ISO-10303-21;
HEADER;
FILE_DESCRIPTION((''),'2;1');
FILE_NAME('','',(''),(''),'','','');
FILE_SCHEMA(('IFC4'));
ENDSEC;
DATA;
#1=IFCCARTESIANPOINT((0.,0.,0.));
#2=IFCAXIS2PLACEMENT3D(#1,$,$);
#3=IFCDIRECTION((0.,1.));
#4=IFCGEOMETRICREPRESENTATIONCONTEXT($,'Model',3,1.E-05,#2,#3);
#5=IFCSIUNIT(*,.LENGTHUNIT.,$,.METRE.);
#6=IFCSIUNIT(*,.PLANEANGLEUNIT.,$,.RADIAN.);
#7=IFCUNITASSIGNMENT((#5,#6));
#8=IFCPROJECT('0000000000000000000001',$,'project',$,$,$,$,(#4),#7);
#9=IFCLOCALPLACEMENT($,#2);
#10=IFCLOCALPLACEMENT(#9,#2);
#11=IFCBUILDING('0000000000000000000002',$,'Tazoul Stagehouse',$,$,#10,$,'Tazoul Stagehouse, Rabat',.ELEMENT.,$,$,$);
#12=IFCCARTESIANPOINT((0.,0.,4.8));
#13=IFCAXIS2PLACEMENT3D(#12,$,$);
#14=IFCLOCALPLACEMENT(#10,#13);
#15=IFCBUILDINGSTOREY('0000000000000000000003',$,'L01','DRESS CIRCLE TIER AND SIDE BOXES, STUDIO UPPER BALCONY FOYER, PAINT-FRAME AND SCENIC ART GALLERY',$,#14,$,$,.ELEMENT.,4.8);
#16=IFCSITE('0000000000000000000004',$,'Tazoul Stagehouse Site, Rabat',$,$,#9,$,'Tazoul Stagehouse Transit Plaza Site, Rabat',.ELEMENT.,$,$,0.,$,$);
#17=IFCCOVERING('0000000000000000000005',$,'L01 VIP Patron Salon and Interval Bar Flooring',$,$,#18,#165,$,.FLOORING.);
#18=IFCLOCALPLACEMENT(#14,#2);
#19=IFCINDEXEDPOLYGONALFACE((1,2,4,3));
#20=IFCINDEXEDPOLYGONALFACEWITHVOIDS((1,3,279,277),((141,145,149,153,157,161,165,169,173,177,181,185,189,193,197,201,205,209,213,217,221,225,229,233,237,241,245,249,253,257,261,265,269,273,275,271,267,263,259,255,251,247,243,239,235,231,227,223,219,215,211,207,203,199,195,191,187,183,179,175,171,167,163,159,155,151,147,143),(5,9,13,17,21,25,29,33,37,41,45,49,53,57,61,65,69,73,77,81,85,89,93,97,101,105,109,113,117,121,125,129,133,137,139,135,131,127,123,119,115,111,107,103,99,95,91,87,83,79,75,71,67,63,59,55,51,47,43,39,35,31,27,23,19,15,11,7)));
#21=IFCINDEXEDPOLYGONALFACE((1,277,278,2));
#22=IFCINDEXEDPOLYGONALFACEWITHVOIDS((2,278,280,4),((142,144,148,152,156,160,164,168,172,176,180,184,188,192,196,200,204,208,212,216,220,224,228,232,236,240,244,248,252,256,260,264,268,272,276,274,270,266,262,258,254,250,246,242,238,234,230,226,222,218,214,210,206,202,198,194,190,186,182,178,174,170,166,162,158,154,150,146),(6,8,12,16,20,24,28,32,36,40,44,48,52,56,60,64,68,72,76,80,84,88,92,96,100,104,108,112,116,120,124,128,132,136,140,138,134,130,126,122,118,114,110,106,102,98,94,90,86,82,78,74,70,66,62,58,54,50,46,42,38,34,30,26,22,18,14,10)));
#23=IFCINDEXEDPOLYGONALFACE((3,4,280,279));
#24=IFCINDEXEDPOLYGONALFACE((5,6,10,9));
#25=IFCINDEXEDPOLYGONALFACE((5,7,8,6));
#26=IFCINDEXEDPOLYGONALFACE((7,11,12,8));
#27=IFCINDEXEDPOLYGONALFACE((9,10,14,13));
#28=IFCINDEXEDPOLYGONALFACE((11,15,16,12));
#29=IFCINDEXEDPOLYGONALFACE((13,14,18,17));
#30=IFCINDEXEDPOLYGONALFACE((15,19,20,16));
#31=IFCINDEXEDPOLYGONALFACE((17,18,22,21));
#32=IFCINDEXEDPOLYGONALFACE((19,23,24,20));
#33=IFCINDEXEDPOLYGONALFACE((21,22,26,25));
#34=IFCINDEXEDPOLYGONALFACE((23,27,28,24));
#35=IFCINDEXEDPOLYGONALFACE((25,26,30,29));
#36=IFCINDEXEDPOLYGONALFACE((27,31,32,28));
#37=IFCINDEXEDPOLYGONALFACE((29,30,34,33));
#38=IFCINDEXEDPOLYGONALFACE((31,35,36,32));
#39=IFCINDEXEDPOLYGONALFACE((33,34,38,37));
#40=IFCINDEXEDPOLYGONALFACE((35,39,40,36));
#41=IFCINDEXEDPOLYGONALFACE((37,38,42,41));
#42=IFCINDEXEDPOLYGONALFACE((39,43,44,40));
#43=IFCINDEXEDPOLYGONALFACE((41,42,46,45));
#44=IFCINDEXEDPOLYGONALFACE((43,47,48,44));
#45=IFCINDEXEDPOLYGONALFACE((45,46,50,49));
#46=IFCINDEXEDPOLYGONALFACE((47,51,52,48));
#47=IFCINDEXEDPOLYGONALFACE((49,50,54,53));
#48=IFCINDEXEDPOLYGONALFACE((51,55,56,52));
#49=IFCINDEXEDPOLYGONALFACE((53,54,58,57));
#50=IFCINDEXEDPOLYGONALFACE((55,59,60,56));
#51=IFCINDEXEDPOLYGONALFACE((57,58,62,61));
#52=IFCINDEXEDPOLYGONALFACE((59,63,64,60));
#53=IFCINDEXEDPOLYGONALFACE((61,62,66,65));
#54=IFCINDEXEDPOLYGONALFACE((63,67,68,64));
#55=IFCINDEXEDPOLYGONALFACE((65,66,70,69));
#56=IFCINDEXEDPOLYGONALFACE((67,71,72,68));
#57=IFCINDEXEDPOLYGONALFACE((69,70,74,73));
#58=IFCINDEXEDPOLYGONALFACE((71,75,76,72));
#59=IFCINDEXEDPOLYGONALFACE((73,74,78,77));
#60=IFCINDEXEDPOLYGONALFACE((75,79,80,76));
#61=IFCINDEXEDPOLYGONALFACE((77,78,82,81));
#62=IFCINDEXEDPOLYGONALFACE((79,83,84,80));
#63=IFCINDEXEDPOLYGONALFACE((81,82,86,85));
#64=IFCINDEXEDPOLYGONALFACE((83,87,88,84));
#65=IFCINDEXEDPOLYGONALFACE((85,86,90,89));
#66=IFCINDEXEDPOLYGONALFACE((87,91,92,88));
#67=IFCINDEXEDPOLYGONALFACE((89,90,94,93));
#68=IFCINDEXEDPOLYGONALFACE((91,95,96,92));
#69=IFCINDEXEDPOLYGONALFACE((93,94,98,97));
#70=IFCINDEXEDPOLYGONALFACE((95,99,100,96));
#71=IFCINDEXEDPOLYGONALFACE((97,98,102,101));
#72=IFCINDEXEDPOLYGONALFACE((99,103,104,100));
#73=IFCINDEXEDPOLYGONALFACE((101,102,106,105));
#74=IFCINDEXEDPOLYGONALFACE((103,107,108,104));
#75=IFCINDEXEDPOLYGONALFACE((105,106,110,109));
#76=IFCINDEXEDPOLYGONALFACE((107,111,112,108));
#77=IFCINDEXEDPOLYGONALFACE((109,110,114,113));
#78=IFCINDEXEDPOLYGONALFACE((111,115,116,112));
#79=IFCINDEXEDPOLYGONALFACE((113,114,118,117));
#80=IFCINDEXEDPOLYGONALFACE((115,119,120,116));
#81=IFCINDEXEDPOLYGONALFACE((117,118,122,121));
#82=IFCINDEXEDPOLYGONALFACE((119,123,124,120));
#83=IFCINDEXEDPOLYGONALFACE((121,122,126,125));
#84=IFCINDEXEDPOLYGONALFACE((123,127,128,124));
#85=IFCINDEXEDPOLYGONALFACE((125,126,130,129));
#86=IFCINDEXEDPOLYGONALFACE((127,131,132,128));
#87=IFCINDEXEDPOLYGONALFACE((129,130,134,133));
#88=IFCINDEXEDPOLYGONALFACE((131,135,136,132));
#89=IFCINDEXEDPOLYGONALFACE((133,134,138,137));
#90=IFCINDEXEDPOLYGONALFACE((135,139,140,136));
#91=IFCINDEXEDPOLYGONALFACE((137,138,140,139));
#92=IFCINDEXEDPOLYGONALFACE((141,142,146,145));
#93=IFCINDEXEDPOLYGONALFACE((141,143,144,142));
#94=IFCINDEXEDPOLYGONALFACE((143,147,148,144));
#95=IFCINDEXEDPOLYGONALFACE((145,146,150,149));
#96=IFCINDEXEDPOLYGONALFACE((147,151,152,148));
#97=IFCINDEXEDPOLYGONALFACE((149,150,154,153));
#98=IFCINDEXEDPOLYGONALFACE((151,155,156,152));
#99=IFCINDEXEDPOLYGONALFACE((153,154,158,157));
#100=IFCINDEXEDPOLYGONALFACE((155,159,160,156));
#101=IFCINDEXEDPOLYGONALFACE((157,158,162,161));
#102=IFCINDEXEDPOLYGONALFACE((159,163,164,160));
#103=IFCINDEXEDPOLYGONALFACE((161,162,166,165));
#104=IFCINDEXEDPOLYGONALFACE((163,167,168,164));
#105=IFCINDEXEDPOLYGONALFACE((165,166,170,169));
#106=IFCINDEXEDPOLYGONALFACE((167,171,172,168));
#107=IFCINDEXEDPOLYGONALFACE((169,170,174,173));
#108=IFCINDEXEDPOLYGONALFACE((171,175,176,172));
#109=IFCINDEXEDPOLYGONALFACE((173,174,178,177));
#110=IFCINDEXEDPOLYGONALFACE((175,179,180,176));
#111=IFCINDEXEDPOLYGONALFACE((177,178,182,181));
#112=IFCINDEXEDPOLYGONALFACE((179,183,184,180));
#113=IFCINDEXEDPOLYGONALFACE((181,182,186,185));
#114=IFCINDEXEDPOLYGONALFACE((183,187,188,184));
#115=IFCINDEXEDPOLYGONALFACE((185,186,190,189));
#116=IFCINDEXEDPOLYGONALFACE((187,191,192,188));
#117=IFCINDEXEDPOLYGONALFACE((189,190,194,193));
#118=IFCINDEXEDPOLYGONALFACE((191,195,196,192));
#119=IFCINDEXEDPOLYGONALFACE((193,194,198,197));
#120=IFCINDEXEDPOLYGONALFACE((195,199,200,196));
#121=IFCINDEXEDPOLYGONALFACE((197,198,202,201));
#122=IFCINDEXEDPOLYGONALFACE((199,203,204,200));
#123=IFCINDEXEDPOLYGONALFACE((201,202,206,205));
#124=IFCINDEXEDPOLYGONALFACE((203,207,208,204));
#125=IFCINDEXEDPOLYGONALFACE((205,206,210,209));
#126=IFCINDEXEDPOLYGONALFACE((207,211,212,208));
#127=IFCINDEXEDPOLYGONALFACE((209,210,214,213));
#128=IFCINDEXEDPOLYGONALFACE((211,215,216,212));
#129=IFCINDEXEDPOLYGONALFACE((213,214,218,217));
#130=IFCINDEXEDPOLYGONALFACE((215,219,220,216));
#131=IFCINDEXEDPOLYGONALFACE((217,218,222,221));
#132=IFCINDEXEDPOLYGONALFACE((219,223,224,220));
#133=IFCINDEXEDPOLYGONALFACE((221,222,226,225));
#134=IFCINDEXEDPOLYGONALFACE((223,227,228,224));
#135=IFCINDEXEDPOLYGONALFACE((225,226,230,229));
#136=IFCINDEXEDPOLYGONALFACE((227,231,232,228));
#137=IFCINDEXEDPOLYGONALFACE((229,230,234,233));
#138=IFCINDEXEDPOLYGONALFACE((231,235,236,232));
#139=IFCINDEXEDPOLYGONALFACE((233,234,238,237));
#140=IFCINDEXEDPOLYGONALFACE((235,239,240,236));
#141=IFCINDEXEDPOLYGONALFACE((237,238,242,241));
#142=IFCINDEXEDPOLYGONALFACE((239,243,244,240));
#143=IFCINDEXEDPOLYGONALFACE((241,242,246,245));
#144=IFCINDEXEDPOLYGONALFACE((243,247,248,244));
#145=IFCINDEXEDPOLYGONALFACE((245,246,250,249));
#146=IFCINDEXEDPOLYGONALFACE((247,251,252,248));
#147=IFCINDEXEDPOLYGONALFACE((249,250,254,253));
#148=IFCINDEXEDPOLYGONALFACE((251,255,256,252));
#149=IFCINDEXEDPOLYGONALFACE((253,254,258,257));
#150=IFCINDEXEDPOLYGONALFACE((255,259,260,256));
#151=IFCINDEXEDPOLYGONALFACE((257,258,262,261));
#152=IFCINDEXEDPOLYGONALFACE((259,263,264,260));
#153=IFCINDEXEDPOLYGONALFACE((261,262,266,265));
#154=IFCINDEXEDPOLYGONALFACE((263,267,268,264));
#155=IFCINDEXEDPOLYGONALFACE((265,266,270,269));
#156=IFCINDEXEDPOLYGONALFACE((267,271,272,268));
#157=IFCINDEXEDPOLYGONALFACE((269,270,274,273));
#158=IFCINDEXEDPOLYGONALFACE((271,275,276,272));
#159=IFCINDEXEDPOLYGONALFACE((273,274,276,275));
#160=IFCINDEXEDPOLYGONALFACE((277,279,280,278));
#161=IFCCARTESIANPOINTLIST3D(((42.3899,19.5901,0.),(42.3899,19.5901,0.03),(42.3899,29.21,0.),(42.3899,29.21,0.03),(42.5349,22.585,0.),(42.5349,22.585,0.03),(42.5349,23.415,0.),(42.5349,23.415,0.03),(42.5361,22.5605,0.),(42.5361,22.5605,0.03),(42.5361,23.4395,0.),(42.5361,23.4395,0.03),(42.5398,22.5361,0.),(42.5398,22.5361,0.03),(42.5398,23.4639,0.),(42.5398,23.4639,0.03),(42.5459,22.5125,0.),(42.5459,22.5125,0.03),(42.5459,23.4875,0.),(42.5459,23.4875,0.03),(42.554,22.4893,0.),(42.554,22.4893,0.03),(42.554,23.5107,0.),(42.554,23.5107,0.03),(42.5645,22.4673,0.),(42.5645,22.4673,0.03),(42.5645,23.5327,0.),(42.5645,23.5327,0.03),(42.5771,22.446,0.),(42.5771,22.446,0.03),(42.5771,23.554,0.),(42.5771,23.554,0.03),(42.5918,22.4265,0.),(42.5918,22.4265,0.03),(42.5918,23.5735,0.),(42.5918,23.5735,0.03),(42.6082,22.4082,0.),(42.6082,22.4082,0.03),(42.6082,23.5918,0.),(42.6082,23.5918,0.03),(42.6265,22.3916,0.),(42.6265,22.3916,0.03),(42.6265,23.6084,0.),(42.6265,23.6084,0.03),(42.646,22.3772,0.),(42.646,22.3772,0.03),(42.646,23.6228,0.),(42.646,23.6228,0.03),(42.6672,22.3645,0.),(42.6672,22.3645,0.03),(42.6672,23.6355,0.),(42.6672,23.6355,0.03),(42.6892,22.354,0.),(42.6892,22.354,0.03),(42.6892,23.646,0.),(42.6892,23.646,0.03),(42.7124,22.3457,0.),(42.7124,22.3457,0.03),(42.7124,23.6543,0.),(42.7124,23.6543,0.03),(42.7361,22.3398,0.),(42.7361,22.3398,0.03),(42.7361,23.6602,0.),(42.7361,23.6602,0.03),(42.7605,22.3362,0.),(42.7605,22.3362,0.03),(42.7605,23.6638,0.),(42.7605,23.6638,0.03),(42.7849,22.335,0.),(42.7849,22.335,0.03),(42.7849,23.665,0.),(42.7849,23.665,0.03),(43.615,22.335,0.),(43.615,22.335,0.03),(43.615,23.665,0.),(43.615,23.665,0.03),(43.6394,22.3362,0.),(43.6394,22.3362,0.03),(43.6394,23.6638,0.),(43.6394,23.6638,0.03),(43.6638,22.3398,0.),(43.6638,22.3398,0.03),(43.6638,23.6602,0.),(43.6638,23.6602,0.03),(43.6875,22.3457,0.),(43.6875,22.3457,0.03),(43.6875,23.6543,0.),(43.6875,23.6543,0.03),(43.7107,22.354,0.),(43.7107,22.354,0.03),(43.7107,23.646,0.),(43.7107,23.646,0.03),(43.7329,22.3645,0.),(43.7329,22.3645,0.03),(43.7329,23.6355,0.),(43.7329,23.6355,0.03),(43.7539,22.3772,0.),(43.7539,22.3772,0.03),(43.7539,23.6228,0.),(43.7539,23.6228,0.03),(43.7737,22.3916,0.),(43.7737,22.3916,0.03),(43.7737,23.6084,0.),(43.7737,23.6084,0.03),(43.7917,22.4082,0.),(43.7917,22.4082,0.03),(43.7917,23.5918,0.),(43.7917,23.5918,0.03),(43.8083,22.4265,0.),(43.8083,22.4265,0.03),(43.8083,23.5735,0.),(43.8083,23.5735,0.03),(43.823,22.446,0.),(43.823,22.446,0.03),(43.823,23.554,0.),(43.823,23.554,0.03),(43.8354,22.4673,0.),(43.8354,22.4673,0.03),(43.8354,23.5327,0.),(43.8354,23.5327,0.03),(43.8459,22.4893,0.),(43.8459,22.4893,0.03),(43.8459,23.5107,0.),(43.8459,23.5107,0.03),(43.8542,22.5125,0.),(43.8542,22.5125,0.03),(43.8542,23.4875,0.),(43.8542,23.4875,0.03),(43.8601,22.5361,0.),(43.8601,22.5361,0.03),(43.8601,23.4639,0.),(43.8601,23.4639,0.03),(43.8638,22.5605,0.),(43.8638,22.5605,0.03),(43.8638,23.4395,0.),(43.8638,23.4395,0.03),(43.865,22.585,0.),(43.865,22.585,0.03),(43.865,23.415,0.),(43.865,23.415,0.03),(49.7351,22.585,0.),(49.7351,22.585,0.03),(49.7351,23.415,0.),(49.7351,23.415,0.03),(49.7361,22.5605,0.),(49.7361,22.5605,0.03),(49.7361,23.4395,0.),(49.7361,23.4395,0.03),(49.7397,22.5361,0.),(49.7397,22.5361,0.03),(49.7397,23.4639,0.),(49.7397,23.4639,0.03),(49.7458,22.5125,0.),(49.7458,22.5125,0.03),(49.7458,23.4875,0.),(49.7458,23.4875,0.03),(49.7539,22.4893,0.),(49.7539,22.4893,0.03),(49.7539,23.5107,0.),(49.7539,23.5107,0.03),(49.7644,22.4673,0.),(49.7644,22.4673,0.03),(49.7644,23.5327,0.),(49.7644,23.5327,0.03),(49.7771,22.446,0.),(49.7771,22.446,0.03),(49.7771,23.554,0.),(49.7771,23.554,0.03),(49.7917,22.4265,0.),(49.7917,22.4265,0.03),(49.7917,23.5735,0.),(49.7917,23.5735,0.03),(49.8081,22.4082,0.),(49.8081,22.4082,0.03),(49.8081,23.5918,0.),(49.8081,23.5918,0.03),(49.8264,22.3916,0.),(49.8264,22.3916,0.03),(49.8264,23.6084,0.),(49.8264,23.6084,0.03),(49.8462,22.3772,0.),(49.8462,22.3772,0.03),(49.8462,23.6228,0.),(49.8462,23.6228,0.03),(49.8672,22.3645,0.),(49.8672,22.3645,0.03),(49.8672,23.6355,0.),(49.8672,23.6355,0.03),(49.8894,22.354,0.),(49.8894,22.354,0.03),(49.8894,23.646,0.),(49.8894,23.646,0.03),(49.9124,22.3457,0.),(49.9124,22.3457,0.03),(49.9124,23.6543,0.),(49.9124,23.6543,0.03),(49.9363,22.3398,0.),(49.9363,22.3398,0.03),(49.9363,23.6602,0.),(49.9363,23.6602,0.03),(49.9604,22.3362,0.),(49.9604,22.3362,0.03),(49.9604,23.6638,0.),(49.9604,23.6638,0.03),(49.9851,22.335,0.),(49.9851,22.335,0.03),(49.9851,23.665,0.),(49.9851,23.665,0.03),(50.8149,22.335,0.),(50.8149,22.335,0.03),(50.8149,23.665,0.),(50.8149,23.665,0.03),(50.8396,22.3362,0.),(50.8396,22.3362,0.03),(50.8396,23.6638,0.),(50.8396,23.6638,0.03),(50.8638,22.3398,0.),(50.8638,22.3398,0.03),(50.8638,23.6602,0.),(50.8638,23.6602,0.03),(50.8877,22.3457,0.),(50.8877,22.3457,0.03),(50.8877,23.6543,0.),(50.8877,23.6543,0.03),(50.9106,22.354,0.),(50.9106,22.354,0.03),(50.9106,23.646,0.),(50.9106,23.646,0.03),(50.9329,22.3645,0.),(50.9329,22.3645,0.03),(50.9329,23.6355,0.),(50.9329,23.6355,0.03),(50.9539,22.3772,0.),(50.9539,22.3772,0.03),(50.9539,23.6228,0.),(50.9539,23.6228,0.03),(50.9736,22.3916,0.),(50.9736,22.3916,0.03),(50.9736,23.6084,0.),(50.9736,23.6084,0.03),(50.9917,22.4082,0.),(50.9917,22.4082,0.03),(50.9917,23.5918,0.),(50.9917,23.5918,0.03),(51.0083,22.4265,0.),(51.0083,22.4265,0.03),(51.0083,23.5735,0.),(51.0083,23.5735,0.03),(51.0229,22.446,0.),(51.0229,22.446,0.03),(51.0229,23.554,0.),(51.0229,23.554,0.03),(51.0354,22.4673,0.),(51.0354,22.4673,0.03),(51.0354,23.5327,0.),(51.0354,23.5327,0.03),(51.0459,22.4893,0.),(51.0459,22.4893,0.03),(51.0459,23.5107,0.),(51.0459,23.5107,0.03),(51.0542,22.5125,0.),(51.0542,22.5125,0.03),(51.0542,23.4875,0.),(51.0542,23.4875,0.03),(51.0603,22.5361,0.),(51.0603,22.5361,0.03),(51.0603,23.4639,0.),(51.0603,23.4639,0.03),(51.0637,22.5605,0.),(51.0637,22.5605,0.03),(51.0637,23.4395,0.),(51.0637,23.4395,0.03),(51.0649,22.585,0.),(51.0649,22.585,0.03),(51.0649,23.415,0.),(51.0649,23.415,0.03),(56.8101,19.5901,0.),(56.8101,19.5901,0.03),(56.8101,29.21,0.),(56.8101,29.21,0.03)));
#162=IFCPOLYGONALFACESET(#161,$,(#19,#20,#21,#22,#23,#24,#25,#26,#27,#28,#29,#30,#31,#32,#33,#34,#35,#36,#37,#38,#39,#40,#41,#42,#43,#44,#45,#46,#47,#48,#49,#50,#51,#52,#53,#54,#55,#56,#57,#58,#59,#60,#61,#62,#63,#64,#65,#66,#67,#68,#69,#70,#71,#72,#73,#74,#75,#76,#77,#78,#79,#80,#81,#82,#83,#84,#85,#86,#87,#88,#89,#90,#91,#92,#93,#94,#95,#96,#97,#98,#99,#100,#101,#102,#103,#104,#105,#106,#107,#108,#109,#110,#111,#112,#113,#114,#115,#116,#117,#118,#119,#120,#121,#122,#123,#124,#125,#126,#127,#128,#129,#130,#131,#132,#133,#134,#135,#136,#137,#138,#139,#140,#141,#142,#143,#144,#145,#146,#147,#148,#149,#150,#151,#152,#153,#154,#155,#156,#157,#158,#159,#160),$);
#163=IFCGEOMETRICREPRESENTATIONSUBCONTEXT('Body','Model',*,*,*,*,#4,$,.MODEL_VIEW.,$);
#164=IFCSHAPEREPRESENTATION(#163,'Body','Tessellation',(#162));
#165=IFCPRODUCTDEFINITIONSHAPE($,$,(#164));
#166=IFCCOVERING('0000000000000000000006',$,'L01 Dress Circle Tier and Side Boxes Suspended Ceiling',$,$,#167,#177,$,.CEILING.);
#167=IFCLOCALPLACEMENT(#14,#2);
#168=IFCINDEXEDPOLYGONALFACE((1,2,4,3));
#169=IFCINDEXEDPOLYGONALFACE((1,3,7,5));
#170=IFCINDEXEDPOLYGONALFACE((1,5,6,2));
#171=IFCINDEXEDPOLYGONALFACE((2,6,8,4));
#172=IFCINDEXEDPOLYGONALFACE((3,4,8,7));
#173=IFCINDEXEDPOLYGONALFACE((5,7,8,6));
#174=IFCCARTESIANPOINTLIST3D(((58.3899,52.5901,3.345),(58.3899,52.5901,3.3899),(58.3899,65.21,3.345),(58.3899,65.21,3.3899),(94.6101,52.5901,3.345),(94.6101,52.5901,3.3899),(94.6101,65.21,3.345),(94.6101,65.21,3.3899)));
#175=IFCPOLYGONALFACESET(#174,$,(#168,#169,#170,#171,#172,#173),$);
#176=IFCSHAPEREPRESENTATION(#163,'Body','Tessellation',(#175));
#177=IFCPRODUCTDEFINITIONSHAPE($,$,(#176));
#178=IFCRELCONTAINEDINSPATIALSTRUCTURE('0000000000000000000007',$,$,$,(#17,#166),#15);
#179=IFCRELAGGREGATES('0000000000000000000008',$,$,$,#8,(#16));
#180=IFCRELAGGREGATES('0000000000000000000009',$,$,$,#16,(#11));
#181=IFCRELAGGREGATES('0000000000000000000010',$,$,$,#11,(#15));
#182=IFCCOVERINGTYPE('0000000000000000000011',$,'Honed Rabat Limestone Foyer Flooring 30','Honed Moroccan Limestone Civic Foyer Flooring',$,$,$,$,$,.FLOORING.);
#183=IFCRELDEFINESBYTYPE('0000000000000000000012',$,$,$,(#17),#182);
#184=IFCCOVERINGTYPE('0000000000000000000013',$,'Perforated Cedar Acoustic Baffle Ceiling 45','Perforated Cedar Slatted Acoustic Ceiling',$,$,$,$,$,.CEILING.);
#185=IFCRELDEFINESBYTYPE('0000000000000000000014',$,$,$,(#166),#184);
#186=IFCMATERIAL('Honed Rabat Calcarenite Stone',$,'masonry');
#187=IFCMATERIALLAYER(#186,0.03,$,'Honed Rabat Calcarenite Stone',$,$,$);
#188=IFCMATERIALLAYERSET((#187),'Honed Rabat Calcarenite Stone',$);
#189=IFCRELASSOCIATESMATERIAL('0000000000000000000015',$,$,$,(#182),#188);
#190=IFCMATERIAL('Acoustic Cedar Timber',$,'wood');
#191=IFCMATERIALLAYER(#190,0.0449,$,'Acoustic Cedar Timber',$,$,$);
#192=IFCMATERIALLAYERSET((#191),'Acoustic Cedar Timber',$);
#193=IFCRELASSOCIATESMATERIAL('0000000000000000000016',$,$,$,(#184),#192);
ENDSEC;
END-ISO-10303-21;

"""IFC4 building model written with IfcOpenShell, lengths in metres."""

from ifc_helpers import new_model, si_unit, direction, frame, origin, place, context, subcontext, project, spatial, polyline, outline, extrude, material, layer, layer_set, type_object, element, save


model = new_model("IFC4")

# Units and contexts
model_context = context("Model", 3, precision=1e-05, world=origin(), true_north=direction((0.0, 1.0)))
body_context = subcontext(model_context, "Body", "Model", "MODEL_VIEW")
ifc_project = project(units=[si_unit("LENGTHUNIT", "METRE"), si_unit("PLANEANGLEUNIT", "RADIAN")], contexts=[model_context])

# Site, building, storey
site_placement = place(None, origin())
site = spatial("IfcSite", under=ifc_project, at=site_placement, Name="Tazoul Stagehouse Site, Rabat", LongName="Tazoul Stagehouse Transit Plaza Site, Rabat", CompositionType="ELEMENT", RefElevation=0.0)
building_placement = place(site_placement, origin())
building = spatial("IfcBuilding", under=site, at=building_placement, Name="Tazoul Stagehouse", LongName="Tazoul Stagehouse, Rabat", CompositionType="ELEMENT")
storey_placement = place(building_placement, frame((0.0, 0.0, 4.8)))
storey = spatial("IfcBuildingStorey", under=building, at=storey_placement, Name="L01", Description="DRESS CIRCLE TIER AND SIDE BOXES, STUDIO UPPER BALCONY FOYER, PAINT-FRAME AND SCENIC ART GALLERY", CompositionType="ELEMENT", Elevation=4.8)

# Coverings
ifc_material_1 = material(Name="Acoustic Cedar Timber", Category="wood")
ifc_material_2 = material(Name="Honed Rabat Calcarenite Stone", Category="masonry")
ifc_layer_1 = layer(ifc_material_2, 0.03, Name="Honed Rabat Calcarenite Stone")
ifc_layer_set_1 = layer_set([ifc_layer_1], Name="Honed Rabat Calcarenite Stone")
covering_type_1 = type_object("IfcCoveringType", Name="Honed Rabat Limestone Foyer Flooring 30", Description="Honed Moroccan Limestone Civic Foyer Flooring", PredefinedType="FLOORING", material=ifc_layer_set_1)
covering_1_placement = place(storey_placement, origin())
element("IfcCovering", 1, at=covering_1_placement, inside=storey, type_object=covering_type_1, Name="L01 VIP Patron Salon and Interval Bar Flooring", PredefinedType="FLOORING", context=body_context, shape_type="SweptSolid", body=[
    extrude(outline(polyline([(56.8101, 29.21), (56.8101, 19.5901), (42.3899, 19.5901), (42.3899, 29.21), (56.8101, 29.21)]), holes=[polyline([(51.0637, 23.4395), (51.0603, 23.4639), (51.0542, 23.4875), (51.0459, 23.5107), (51.0354, 23.5327), (51.0229, 23.554), (51.0083, 23.5735), (50.9917, 23.5918), (50.9736, 23.6084), (50.9539, 23.6228), (50.9329, 23.6355), (50.9106, 23.646), (50.8877, 23.6543), (50.8638, 23.6602), (50.8396, 23.6638), (50.8149, 23.665), (49.9851, 23.665), (49.9604, 23.6638), (49.9363, 23.6602), (49.9124, 23.6543), (49.8894, 23.646), (49.8672, 23.6355), (49.8462, 23.6228), (49.8264, 23.6084), (49.8081, 23.5918), (49.7917, 23.5735), (49.7771, 23.554), (49.7644, 23.5327), (49.7539, 23.5107), (49.7458, 23.4875), (49.7397, 23.4639), (49.7361, 23.4395), (49.7351, 23.415), (49.7351, 22.585), (49.7361, 22.5605), (49.7397, 22.5361), (49.7458, 22.5125), (49.7539, 22.4893), (49.7644, 22.4673), (49.7771, 22.446), (49.7917, 22.4265), (49.8081, 22.4082), (49.8264, 22.3916), (49.8462, 22.3772), (49.8672, 22.3645), (49.8894, 22.354), (49.9124, 22.3457), (49.9363, 22.3398), (49.9604, 22.3362), (49.9851, 22.335), (50.8149, 22.335), (50.8396, 22.3362), (50.8638, 22.3398), (50.8877, 22.3457), (50.9106, 22.354), (50.9329, 22.3645), (50.9539, 22.3772), (50.9736, 22.3916), (50.9917, 22.4082), (51.0083, 22.4265), (51.0229, 22.446), (51.0354, 22.4673), (51.0459, 22.4893), (51.0542, 22.5125), (51.0603, 22.5361), (51.0637, 22.5605), (51.0649, 22.585), (51.0649, 23.415), (51.0637, 23.4395)]), polyline([(43.8638, 23.4395), (43.8601, 23.4639), (43.8542, 23.4875), (43.8459, 23.5107), (43.8354, 23.5327), (43.823, 23.554), (43.8083, 23.5735), (43.7917, 23.5918), (43.7737, 23.6084), (43.7539, 23.6228), (43.7329, 23.6355), (43.7107, 23.646), (43.6875, 23.6543), (43.6638, 23.6602), (43.6394, 23.6638), (43.615, 23.665), (42.7849, 23.665), (42.7605, 23.6638), (42.7361, 23.6602), (42.7124, 23.6543), (42.6892, 23.646), (42.6672, 23.6355), (42.646, 23.6228), (42.6265, 23.6084), (42.6082, 23.5918), (42.5918, 23.5735), (42.5771, 23.554), (42.5645, 23.5327), (42.554, 23.5107), (42.5459, 23.4875), (42.5398, 23.4639), (42.5361, 23.4395), (42.5349, 23.415), (42.5349, 22.585), (42.5361, 22.5605), (42.5398, 22.5361), (42.5459, 22.5125), (42.554, 22.4893), (42.5645, 22.4673), (42.5771, 22.446), (42.5918, 22.4265), (42.6082, 22.4082), (42.6265, 22.3916), (42.646, 22.3772), (42.6672, 22.3645), (42.6892, 22.354), (42.7124, 22.3457), (42.7361, 22.3398), (42.7605, 22.3362), (42.7849, 22.335), (43.615, 22.335), (43.6394, 22.3362), (43.6638, 22.3398), (43.6875, 22.3457), (43.7107, 22.354), (43.7329, 22.3645), (43.7539, 22.3772), (43.7737, 22.3916), (43.7917, 22.4082), (43.8083, 22.4265), (43.823, 22.446), (43.8354, 22.4673), (43.8459, 22.4893), (43.8542, 22.5125), (43.8601, 22.5361), (43.8638, 22.5605), (43.865, 22.585), (43.865, 23.415), (43.8638, 23.4395)])]), origin(), (0.0, 0.0, 1.0), 0.03),
])
ifc_layer_2 = layer(ifc_material_1, 0.0449, Name="Acoustic Cedar Timber")
ifc_layer_set_2 = layer_set([ifc_layer_2], Name="Acoustic Cedar Timber")
covering_type_2 = type_object("IfcCoveringType", Name="Perforated Cedar Acoustic Baffle Ceiling 45", Description="Perforated Cedar Slatted Acoustic Ceiling", PredefinedType="CEILING", material=ifc_layer_set_2)
covering_2_placement = place(storey_placement, frame((0.0, 0.0, 3.345)))
element("IfcCovering", 2, at=covering_2_placement, inside=storey, type_object=covering_type_2, Name="L01 Dress Circle Tier and Side Boxes Suspended Ceiling", PredefinedType="CEILING", context=body_context, shape_type="SweptSolid", body=[
    extrude(outline(polyline([(94.6101, 65.21), (94.6101, 52.5901), (58.3899, 52.5901), (58.3899, 65.21), (94.6101, 65.21)])), origin(), (0.0, 0.0, 1.0), 0.0449),
])

save(model, "model.ifc")
